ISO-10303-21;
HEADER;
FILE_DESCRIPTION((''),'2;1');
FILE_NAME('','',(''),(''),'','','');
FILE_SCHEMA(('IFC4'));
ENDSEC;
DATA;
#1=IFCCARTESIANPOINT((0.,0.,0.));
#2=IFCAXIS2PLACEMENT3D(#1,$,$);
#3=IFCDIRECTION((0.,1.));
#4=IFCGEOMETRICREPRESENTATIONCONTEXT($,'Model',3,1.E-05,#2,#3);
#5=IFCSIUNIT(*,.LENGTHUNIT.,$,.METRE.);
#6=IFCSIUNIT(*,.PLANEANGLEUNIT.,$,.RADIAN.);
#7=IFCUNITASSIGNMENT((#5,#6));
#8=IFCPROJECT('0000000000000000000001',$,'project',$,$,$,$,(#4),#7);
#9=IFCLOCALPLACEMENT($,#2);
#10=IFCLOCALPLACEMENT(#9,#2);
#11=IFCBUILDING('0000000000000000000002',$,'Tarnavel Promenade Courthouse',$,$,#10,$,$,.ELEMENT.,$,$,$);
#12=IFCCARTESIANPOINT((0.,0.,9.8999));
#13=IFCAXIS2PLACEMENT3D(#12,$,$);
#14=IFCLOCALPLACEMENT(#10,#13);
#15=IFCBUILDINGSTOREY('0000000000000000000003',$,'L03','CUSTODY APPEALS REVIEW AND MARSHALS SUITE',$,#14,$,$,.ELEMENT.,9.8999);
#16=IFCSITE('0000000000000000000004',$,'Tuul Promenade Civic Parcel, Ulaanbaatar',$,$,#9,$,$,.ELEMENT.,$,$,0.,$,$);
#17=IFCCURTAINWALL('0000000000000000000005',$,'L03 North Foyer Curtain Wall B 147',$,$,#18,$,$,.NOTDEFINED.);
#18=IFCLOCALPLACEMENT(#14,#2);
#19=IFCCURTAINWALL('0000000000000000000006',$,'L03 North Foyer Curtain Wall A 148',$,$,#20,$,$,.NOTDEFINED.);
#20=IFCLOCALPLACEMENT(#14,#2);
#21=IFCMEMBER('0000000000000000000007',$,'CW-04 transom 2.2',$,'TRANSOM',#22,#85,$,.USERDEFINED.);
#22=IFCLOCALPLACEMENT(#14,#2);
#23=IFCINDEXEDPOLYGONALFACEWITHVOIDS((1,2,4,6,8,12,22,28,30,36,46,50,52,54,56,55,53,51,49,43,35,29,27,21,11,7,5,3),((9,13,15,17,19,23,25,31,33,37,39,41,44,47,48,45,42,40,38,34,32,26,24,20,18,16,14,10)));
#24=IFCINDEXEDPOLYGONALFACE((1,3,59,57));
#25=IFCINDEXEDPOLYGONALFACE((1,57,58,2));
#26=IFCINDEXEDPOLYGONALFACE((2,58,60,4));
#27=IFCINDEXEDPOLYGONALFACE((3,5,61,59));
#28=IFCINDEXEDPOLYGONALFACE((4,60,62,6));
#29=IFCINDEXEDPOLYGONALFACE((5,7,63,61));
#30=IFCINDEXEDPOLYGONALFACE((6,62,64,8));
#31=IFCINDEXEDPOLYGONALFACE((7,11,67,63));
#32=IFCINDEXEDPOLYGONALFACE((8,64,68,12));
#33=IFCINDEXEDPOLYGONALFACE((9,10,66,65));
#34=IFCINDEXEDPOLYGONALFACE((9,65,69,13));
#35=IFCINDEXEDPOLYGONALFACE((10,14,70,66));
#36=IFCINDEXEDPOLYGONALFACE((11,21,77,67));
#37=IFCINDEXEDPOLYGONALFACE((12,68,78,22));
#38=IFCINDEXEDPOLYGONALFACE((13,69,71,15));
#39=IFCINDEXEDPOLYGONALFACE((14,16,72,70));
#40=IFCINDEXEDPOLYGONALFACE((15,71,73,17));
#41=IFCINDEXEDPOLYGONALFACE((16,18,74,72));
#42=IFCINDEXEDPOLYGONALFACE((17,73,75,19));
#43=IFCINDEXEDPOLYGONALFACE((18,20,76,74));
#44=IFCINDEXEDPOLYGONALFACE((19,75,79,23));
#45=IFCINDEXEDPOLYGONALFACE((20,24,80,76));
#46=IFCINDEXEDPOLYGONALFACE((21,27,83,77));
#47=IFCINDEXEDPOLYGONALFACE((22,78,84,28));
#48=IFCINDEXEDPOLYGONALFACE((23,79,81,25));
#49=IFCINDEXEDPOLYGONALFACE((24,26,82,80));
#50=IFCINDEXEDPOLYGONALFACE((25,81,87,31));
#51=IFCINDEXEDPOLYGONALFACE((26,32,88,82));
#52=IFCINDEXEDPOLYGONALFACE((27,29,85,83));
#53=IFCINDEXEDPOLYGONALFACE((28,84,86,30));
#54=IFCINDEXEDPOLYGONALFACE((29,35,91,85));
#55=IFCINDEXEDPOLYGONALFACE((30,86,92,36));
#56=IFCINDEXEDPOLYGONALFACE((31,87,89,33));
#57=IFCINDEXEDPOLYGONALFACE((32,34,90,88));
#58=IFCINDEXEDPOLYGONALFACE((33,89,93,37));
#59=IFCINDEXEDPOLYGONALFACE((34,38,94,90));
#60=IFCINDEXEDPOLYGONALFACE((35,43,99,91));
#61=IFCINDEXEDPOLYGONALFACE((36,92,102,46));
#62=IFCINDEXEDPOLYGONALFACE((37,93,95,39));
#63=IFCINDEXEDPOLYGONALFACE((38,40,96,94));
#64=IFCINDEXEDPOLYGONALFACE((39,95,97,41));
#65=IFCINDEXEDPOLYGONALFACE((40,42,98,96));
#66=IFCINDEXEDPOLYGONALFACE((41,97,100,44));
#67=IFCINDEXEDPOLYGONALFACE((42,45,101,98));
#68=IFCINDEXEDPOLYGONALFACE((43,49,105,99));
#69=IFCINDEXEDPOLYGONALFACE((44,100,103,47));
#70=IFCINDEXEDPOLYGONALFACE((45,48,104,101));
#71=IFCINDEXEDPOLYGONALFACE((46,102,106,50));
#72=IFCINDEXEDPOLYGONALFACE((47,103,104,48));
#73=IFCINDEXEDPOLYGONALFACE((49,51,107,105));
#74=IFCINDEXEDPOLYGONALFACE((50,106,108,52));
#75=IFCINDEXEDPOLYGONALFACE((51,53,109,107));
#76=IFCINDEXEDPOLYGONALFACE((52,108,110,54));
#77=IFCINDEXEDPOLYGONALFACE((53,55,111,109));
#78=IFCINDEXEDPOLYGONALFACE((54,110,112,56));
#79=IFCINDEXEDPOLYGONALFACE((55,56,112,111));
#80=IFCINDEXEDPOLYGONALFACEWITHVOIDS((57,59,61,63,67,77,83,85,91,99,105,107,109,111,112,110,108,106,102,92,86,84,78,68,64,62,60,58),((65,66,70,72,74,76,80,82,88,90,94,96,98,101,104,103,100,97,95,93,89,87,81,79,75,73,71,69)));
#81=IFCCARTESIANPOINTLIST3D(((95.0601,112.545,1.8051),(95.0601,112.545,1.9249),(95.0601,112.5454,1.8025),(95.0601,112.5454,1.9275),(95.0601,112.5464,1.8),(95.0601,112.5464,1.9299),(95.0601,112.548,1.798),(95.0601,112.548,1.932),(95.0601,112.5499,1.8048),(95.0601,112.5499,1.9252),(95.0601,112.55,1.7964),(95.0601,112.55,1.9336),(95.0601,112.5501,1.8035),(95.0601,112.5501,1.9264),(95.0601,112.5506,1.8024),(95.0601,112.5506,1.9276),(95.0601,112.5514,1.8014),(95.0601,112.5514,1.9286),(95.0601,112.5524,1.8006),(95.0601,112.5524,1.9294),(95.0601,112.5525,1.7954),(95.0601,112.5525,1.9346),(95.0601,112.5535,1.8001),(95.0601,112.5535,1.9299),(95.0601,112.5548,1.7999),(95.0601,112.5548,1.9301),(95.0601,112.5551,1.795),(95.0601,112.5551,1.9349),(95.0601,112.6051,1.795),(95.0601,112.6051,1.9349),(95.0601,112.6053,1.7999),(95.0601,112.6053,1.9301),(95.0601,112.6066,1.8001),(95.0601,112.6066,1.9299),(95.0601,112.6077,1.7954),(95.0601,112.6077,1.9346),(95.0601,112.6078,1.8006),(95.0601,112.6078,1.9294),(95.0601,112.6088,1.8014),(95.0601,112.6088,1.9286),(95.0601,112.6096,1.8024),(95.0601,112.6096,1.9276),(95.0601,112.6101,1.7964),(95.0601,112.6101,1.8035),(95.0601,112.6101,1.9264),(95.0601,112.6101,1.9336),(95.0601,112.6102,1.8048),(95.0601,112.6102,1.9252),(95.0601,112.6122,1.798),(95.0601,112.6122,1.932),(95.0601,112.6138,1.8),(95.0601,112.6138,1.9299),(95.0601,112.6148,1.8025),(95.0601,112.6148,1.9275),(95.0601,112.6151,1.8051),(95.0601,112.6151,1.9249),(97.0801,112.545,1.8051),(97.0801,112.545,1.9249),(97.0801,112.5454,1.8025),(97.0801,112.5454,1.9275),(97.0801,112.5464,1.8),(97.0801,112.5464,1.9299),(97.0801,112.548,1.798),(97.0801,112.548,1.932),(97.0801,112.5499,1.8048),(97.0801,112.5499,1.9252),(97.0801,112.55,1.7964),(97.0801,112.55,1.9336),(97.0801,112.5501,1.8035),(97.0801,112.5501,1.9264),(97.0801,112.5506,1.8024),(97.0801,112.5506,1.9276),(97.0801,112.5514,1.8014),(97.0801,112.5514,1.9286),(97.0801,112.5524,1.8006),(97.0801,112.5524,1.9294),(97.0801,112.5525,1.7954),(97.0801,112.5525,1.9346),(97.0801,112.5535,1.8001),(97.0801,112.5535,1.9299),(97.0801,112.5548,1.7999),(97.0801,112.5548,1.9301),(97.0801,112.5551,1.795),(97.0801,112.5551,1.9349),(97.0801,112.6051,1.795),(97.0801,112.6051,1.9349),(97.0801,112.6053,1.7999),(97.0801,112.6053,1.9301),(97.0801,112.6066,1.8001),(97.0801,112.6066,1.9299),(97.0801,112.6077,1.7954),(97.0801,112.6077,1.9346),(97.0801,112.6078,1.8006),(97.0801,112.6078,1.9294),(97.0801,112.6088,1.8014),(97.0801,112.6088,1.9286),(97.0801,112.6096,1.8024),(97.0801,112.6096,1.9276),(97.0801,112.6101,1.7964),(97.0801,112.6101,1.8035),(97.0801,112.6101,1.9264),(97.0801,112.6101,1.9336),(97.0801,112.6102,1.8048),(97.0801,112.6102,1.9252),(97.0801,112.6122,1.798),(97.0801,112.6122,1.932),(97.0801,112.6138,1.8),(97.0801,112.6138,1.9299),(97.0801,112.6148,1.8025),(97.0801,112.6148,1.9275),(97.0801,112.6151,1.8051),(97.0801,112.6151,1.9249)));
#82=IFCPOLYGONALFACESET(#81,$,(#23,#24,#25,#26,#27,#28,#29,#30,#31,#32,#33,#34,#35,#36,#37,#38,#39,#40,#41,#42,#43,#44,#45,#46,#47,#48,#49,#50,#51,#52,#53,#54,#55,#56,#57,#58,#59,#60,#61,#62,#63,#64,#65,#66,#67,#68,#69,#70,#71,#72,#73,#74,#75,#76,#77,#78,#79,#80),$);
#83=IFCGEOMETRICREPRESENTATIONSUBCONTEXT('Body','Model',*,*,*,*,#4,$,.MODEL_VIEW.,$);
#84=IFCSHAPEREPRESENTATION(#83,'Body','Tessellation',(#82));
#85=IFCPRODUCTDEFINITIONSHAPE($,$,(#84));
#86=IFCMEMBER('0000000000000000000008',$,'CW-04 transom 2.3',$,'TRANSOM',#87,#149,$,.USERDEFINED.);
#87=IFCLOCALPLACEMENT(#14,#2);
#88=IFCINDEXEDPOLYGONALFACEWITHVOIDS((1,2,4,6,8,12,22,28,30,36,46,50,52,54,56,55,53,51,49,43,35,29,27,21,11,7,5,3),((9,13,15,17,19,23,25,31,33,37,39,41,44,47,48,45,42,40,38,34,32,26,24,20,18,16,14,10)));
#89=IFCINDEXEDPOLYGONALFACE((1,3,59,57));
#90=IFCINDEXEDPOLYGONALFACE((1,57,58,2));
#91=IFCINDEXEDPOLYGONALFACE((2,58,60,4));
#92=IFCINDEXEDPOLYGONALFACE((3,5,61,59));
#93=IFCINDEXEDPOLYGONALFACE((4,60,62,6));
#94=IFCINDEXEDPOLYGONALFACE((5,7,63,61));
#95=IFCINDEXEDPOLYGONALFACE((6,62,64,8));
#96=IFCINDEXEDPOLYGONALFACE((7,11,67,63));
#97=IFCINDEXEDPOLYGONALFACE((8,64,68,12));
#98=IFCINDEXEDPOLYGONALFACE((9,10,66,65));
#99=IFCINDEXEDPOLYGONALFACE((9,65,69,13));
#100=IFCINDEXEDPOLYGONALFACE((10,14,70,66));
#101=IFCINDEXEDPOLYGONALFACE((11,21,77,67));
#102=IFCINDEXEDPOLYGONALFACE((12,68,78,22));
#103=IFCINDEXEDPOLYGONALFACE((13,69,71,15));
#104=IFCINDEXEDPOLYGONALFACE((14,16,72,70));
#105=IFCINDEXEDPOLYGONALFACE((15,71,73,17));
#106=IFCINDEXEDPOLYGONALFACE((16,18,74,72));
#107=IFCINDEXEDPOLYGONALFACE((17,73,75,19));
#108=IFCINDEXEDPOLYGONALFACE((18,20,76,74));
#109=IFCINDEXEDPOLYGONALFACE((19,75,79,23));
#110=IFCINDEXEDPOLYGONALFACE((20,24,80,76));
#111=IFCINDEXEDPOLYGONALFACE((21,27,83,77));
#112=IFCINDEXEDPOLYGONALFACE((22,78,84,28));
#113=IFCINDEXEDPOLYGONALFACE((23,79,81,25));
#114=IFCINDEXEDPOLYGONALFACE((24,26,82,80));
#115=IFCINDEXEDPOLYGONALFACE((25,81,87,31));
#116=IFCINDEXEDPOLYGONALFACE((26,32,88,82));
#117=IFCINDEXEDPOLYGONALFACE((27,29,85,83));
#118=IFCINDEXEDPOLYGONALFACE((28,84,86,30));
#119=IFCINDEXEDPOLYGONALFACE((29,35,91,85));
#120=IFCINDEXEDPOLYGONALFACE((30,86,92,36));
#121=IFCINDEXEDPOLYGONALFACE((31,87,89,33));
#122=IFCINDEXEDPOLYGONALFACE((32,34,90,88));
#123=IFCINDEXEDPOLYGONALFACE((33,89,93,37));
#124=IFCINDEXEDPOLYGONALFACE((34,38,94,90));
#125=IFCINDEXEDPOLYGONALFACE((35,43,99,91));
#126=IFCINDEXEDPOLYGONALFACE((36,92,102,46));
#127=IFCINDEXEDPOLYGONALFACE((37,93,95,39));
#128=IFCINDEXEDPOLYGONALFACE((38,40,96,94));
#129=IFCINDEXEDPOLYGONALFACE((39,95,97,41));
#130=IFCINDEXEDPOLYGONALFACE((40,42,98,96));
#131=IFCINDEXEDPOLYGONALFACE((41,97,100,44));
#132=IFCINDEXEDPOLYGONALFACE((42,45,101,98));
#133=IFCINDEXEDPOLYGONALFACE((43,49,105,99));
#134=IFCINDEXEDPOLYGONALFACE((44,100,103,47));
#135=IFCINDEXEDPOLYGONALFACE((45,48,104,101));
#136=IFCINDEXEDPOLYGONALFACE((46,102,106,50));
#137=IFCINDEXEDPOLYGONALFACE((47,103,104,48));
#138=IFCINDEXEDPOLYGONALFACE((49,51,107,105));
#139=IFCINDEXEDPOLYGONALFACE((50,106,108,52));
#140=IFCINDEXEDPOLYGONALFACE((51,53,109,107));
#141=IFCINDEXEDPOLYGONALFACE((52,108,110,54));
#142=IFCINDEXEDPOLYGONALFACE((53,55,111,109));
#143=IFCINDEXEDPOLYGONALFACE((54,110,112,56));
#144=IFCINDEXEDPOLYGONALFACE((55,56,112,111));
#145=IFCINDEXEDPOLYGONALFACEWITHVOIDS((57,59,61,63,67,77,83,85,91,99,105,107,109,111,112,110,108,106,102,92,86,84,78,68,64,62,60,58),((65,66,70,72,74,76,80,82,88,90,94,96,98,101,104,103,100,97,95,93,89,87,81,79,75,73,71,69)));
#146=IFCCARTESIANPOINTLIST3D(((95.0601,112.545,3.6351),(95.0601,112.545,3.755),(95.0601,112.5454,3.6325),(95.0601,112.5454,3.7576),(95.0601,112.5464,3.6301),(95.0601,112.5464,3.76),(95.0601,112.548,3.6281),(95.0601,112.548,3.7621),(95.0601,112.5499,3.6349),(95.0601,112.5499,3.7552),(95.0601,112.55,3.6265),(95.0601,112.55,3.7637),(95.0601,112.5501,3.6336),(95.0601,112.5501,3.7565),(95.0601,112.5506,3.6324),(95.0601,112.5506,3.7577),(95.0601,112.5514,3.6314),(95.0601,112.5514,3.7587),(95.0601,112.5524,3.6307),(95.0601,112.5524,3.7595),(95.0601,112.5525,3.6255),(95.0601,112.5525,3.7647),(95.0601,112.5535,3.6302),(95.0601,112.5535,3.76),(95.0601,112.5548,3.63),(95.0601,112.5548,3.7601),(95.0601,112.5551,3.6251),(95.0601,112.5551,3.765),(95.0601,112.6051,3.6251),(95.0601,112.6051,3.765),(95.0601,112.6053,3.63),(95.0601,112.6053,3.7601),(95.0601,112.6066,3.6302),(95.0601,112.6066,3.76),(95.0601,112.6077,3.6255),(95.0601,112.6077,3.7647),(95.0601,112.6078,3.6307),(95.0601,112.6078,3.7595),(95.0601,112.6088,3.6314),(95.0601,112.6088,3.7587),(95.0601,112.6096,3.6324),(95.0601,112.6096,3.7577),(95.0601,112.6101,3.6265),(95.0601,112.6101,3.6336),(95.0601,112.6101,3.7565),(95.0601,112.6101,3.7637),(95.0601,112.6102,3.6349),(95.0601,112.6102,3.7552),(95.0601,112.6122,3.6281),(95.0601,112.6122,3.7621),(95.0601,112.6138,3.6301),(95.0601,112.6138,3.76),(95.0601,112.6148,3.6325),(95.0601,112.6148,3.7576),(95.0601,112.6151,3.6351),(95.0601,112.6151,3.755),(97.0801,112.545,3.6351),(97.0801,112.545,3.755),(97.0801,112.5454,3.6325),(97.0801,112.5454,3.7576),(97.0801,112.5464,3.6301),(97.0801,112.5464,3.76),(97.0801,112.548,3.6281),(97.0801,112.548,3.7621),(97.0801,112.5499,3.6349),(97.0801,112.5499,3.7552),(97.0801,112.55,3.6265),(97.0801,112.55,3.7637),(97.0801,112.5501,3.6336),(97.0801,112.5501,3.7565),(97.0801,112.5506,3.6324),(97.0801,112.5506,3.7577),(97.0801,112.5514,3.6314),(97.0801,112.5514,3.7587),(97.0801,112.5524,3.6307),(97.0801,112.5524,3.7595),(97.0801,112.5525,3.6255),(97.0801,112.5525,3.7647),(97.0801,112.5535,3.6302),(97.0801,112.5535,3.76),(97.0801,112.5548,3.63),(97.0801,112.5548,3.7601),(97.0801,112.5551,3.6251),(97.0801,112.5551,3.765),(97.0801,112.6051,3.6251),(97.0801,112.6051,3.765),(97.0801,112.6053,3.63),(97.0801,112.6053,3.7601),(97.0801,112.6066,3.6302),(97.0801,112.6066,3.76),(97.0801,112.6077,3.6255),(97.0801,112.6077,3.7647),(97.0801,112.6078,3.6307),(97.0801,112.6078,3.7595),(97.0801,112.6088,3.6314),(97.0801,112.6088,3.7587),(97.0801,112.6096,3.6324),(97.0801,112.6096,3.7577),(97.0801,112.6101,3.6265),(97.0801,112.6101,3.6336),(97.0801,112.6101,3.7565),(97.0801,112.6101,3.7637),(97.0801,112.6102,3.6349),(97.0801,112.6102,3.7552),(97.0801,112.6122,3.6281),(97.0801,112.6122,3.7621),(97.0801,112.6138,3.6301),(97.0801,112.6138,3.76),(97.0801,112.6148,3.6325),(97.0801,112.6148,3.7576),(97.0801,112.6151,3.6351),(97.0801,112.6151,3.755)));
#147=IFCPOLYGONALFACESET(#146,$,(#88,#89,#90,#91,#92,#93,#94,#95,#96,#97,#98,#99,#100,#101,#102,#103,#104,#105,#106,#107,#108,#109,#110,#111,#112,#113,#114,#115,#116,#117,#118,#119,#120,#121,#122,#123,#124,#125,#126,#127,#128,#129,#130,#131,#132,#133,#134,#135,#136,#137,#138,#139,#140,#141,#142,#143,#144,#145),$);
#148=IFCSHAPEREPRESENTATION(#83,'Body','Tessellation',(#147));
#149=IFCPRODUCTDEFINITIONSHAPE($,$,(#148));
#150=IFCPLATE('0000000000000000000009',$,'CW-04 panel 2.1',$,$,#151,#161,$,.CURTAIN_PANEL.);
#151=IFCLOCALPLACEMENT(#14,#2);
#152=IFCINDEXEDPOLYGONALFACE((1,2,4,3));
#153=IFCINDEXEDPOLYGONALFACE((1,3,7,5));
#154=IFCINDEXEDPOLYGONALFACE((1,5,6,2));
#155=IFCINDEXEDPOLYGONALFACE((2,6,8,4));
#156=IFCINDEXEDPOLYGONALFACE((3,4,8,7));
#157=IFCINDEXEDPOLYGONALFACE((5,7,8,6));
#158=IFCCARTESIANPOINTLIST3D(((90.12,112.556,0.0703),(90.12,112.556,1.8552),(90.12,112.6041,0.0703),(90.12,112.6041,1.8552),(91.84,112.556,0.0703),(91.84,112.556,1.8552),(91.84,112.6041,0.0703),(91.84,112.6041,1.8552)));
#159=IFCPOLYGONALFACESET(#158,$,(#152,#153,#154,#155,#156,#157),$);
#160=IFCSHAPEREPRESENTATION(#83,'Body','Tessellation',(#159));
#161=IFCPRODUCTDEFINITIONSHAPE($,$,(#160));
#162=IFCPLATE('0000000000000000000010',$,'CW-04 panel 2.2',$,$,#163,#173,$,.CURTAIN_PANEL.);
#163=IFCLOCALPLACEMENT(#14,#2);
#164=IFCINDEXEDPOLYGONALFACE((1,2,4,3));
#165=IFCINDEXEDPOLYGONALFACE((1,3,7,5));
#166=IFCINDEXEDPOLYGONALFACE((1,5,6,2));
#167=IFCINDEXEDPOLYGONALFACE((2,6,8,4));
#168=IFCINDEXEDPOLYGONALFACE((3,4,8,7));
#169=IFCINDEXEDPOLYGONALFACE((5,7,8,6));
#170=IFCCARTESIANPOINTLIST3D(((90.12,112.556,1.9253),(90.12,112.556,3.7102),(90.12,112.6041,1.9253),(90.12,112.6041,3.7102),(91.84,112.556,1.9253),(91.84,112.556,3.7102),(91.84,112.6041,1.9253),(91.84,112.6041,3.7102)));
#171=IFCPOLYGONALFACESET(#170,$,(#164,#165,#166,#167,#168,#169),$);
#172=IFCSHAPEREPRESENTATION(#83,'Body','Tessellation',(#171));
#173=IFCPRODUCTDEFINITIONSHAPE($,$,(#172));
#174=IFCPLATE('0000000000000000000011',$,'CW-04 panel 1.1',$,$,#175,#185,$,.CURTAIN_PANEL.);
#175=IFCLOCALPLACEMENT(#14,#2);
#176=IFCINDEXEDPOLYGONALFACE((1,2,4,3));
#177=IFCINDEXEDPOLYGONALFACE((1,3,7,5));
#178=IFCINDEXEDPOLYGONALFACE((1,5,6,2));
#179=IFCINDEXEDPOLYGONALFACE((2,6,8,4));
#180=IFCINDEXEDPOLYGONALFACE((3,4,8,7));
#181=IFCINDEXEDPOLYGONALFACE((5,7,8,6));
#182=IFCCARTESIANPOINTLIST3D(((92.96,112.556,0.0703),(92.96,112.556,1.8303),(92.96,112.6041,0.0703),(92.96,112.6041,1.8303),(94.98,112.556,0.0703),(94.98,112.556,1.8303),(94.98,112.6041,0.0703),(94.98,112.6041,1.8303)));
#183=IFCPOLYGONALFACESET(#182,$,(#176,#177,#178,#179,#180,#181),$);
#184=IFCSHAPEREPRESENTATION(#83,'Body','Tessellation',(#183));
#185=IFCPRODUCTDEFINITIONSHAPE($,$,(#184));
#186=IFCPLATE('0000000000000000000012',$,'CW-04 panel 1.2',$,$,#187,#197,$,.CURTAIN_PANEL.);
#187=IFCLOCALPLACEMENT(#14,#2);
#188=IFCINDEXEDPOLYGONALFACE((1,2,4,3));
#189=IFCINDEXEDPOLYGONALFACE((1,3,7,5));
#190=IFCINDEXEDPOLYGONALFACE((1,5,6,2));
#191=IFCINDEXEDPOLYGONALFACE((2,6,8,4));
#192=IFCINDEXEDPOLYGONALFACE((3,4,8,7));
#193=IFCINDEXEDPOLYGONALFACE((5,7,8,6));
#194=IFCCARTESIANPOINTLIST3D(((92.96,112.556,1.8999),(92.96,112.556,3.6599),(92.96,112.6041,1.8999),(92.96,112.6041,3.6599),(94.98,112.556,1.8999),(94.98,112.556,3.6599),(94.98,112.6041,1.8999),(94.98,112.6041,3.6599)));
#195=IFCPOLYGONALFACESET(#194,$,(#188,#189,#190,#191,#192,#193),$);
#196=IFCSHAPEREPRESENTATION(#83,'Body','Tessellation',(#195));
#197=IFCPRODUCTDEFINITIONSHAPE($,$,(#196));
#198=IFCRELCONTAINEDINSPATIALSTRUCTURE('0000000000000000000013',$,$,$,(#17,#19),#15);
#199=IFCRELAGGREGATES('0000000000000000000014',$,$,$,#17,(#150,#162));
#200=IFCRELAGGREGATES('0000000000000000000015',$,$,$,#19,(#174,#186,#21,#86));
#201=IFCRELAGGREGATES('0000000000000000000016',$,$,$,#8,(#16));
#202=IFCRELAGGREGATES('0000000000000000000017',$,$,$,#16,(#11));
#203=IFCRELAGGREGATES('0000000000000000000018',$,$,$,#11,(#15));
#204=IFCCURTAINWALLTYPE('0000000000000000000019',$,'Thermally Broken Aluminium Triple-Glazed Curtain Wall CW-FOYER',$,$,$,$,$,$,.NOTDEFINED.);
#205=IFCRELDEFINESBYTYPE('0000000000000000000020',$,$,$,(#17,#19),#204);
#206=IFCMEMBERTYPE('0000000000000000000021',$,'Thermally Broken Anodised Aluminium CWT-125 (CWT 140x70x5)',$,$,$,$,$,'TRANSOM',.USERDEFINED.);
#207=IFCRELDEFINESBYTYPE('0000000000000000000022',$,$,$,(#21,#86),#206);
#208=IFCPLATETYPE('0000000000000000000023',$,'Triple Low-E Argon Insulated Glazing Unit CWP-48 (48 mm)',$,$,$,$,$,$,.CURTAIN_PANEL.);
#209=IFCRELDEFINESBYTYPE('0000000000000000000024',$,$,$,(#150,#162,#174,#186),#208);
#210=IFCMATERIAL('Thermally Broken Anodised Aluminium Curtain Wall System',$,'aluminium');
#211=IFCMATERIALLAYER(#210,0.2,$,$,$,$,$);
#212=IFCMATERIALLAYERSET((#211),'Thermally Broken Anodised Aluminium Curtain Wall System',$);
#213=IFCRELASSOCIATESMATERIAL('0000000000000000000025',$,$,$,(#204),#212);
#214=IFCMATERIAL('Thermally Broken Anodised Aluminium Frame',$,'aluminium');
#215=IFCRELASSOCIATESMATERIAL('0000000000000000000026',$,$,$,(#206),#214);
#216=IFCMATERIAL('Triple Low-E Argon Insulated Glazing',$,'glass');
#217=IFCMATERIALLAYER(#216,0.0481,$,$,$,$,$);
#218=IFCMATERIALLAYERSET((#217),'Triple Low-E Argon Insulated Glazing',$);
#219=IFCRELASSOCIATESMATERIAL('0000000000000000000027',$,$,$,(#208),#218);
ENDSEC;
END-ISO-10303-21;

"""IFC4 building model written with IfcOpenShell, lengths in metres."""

from ifc_helpers import new_model, si_unit, direction, frame, origin, origin_2d, place, context, subcontext, project, spatial, rectangle, hollow_rectangle, extrude, material, layer, layer_set, material_profile, profile_set, type_object, element, aggregate, save


model = new_model("IFC4")

# Units and contexts
model_context = context("Model", 3, precision=1e-05, world=origin(), true_north=direction((0.0, 1.0)))
body_context = subcontext(model_context, "Body", "Model", "MODEL_VIEW")
ifc_project = project(units=[si_unit("LENGTHUNIT", "METRE"), si_unit("PLANEANGLEUNIT", "RADIAN")], contexts=[model_context])

# Site, building, storey
site_placement = place(None, origin())
site = spatial("IfcSite", under=ifc_project, at=site_placement, Name="Tuul Promenade Civic Parcel, Ulaanbaatar", CompositionType="ELEMENT", RefElevation=0.0)
building_placement = place(site_placement, origin())
building = spatial("IfcBuilding", under=site, at=building_placement, Name="Tarnavel Promenade Courthouse", CompositionType="ELEMENT")
storey_placement = place(building_placement, frame((0.0, 0.0, 9.8999)))
storey = spatial("IfcBuildingStorey", under=building, at=storey_placement, Name="L03", Description="CUSTODY APPEALS REVIEW AND MARSHALS SUITE", CompositionType="ELEMENT", Elevation=9.8999)

# Curtain wall
ifc_material_1 = material(Name="Thermally Broken Anodised Aluminium Curtain Wall System", Category="aluminium")
ifc_layer_1 = layer(ifc_material_1, 0.2)
ifc_layer_set_1 = layer_set([ifc_layer_1], Name="Thermally Broken Anodised Aluminium Curtain Wall System")
curtain_wall_type = type_object("IfcCurtainWallType", Name="Thermally Broken Aluminium Triple-Glazed Curtain Wall CW-FOYER", PredefinedType="NOTDEFINED", material=ifc_layer_set_1)
curtain_wall_1_placement = place(storey_placement, origin())
curtain_wall_1 = element("IfcCurtainWall", 1, at=curtain_wall_1_placement, inside=storey, type_object=curtain_wall_type, Name="L03 North Foyer Curtain Wall B 147", PredefinedType="NOTDEFINED")
ifc_material_2 = material(Name="Thermally Broken Anodised Aluminium Frame", Category="aluminium")

# Curtain wall
curtain_wall_2_placement = place(storey_placement, origin())
curtain_wall_2 = element("IfcCurtainWall", 2, at=curtain_wall_2_placement, inside=storey, type_object=curtain_wall_type, Name="L03 North Foyer Curtain Wall A 148", PredefinedType="NOTDEFINED")

# Members
ifc_material_profile_1 = material_profile(ifc_material_2, hollow_rectangle(XDim=0.0701, YDim=0.1399, WallThickness=0.0049, InnerFilletRadius=0.0049, OuterFilletRadius=0.01, at=origin_2d()), Name="CWT 140x70x5")
ifc_profile_set_1 = profile_set([ifc_material_profile_1], Name="Thermally Broken Anodised Aluminium Frame")
member_type_1 = type_object("IfcMemberType", Name="Thermally Broken Anodised Aluminium CWT-125 (CWT 140x70x5)", ElementType="TRANSOM", PredefinedType="USERDEFINED", material=ifc_profile_set_1)
member_1_placement = place(storey_placement, frame((95.0601, 112.5801, 1.865), z_axis=(1.0, 0.0, 0.0), x_axis=(0.0, 1.0, 0.0)))
member_1 = element("IfcMember", 3, at=member_1_placement, type_object=member_type_1, Name="CW-04 transom 2.2", ObjectType="TRANSOM", PredefinedType="USERDEFINED", context=body_context, shape_type="SweptSolid", body=[
    extrude(hollow_rectangle(XDim=0.0701, YDim=0.1399, WallThickness=0.0049, InnerFilletRadius=0.0049, OuterFilletRadius=0.01, at=origin_2d()), origin(), (0.0, 0.0, 1.0), 2.02),
])
member_2_placement = place(storey_placement, frame((95.0601, 112.5801, 3.6951), z_axis=(1.0, 0.0, 0.0), x_axis=(0.0, 1.0, 0.0)))
member_2 = element("IfcMember", 4, at=member_2_placement, type_object=member_type_1, Name="CW-04 transom 2.3", ObjectType="TRANSOM", PredefinedType="USERDEFINED", context=body_context, shape_type="SweptSolid", body=[
    extrude(hollow_rectangle(XDim=0.0701, YDim=0.1399, WallThickness=0.0049, InnerFilletRadius=0.0049, OuterFilletRadius=0.01, at=origin_2d()), origin(), (0.0, 0.0, 1.0), 2.02),
])

# Plates
ifc_material_3 = material(Name="Triple Low-E Argon Insulated Glazing", Category="glass")
ifc_layer_2 = layer(ifc_material_3, 0.0481)
ifc_layer_set_2 = layer_set([ifc_layer_2], Name="Triple Low-E Argon Insulated Glazing")
plate_type = type_object("IfcPlateType", Name="Triple Low-E Argon Insulated Glazing Unit CWP-48 (48 mm)", PredefinedType="CURTAIN_PANEL", material=ifc_layer_set_2)
plate_1_placement = place(storey_placement, frame((90.98, 112.5801, 0.0703), z_axis=(0.0, 0.0, 1.0), x_axis=(1.0, 0.0, 0.0)))
plate_1 = element("IfcPlate", 5, at=plate_1_placement, type_object=plate_type, Name="CW-04 panel 2.1", PredefinedType="CURTAIN_PANEL", context=body_context, shape_type="SweptSolid", body=[
    extrude(rectangle(XDim=1.72, YDim=0.0481, at=origin_2d()), origin(), (0.0, 0.0, 1.0), 1.7849),
])
plate_2_placement = place(storey_placement, frame((90.98, 112.5801, 1.9253), z_axis=(0.0, 0.0, 1.0), x_axis=(1.0, 0.0, 0.0)))
plate_2 = element("IfcPlate", 6, at=plate_2_placement, type_object=plate_type, Name="CW-04 panel 2.2", PredefinedType="CURTAIN_PANEL", context=body_context, shape_type="SweptSolid", body=[
    extrude(rectangle(XDim=1.72, YDim=0.0481, at=origin_2d()), origin(), (0.0, 0.0, 1.0), 1.7849),
])
aggregate(curtain_wall_1, [plate_1, plate_2])
plate_3_placement = place(storey_placement, frame((93.97, 112.5801, 0.0703), z_axis=(0.0, 0.0, 1.0), x_axis=(1.0, 0.0, 0.0)))
plate_3 = element("IfcPlate", 7, at=plate_3_placement, type_object=plate_type, Name="CW-04 panel 1.1", PredefinedType="CURTAIN_PANEL", context=body_context, shape_type="SweptSolid", body=[
    extrude(rectangle(XDim=2.02, YDim=0.0481, at=origin_2d()), origin(), (0.0, 0.0, 1.0), 1.76),
])
plate_4_placement = place(storey_placement, frame((93.97, 112.5801, 1.8999), z_axis=(0.0, 0.0, 1.0), x_axis=(1.0, 0.0, 0.0)))
plate_4 = element("IfcPlate", 8, at=plate_4_placement, type_object=plate_type, Name="CW-04 panel 1.2", PredefinedType="CURTAIN_PANEL", context=body_context, shape_type="SweptSolid", body=[
    extrude(rectangle(XDim=2.02, YDim=0.0481, at=origin_2d()), origin(), (0.0, 0.0, 1.0), 1.76),
])
aggregate(curtain_wall_2, [plate_3, plate_4, member_1, member_2])

save(model, "model.ifc")
